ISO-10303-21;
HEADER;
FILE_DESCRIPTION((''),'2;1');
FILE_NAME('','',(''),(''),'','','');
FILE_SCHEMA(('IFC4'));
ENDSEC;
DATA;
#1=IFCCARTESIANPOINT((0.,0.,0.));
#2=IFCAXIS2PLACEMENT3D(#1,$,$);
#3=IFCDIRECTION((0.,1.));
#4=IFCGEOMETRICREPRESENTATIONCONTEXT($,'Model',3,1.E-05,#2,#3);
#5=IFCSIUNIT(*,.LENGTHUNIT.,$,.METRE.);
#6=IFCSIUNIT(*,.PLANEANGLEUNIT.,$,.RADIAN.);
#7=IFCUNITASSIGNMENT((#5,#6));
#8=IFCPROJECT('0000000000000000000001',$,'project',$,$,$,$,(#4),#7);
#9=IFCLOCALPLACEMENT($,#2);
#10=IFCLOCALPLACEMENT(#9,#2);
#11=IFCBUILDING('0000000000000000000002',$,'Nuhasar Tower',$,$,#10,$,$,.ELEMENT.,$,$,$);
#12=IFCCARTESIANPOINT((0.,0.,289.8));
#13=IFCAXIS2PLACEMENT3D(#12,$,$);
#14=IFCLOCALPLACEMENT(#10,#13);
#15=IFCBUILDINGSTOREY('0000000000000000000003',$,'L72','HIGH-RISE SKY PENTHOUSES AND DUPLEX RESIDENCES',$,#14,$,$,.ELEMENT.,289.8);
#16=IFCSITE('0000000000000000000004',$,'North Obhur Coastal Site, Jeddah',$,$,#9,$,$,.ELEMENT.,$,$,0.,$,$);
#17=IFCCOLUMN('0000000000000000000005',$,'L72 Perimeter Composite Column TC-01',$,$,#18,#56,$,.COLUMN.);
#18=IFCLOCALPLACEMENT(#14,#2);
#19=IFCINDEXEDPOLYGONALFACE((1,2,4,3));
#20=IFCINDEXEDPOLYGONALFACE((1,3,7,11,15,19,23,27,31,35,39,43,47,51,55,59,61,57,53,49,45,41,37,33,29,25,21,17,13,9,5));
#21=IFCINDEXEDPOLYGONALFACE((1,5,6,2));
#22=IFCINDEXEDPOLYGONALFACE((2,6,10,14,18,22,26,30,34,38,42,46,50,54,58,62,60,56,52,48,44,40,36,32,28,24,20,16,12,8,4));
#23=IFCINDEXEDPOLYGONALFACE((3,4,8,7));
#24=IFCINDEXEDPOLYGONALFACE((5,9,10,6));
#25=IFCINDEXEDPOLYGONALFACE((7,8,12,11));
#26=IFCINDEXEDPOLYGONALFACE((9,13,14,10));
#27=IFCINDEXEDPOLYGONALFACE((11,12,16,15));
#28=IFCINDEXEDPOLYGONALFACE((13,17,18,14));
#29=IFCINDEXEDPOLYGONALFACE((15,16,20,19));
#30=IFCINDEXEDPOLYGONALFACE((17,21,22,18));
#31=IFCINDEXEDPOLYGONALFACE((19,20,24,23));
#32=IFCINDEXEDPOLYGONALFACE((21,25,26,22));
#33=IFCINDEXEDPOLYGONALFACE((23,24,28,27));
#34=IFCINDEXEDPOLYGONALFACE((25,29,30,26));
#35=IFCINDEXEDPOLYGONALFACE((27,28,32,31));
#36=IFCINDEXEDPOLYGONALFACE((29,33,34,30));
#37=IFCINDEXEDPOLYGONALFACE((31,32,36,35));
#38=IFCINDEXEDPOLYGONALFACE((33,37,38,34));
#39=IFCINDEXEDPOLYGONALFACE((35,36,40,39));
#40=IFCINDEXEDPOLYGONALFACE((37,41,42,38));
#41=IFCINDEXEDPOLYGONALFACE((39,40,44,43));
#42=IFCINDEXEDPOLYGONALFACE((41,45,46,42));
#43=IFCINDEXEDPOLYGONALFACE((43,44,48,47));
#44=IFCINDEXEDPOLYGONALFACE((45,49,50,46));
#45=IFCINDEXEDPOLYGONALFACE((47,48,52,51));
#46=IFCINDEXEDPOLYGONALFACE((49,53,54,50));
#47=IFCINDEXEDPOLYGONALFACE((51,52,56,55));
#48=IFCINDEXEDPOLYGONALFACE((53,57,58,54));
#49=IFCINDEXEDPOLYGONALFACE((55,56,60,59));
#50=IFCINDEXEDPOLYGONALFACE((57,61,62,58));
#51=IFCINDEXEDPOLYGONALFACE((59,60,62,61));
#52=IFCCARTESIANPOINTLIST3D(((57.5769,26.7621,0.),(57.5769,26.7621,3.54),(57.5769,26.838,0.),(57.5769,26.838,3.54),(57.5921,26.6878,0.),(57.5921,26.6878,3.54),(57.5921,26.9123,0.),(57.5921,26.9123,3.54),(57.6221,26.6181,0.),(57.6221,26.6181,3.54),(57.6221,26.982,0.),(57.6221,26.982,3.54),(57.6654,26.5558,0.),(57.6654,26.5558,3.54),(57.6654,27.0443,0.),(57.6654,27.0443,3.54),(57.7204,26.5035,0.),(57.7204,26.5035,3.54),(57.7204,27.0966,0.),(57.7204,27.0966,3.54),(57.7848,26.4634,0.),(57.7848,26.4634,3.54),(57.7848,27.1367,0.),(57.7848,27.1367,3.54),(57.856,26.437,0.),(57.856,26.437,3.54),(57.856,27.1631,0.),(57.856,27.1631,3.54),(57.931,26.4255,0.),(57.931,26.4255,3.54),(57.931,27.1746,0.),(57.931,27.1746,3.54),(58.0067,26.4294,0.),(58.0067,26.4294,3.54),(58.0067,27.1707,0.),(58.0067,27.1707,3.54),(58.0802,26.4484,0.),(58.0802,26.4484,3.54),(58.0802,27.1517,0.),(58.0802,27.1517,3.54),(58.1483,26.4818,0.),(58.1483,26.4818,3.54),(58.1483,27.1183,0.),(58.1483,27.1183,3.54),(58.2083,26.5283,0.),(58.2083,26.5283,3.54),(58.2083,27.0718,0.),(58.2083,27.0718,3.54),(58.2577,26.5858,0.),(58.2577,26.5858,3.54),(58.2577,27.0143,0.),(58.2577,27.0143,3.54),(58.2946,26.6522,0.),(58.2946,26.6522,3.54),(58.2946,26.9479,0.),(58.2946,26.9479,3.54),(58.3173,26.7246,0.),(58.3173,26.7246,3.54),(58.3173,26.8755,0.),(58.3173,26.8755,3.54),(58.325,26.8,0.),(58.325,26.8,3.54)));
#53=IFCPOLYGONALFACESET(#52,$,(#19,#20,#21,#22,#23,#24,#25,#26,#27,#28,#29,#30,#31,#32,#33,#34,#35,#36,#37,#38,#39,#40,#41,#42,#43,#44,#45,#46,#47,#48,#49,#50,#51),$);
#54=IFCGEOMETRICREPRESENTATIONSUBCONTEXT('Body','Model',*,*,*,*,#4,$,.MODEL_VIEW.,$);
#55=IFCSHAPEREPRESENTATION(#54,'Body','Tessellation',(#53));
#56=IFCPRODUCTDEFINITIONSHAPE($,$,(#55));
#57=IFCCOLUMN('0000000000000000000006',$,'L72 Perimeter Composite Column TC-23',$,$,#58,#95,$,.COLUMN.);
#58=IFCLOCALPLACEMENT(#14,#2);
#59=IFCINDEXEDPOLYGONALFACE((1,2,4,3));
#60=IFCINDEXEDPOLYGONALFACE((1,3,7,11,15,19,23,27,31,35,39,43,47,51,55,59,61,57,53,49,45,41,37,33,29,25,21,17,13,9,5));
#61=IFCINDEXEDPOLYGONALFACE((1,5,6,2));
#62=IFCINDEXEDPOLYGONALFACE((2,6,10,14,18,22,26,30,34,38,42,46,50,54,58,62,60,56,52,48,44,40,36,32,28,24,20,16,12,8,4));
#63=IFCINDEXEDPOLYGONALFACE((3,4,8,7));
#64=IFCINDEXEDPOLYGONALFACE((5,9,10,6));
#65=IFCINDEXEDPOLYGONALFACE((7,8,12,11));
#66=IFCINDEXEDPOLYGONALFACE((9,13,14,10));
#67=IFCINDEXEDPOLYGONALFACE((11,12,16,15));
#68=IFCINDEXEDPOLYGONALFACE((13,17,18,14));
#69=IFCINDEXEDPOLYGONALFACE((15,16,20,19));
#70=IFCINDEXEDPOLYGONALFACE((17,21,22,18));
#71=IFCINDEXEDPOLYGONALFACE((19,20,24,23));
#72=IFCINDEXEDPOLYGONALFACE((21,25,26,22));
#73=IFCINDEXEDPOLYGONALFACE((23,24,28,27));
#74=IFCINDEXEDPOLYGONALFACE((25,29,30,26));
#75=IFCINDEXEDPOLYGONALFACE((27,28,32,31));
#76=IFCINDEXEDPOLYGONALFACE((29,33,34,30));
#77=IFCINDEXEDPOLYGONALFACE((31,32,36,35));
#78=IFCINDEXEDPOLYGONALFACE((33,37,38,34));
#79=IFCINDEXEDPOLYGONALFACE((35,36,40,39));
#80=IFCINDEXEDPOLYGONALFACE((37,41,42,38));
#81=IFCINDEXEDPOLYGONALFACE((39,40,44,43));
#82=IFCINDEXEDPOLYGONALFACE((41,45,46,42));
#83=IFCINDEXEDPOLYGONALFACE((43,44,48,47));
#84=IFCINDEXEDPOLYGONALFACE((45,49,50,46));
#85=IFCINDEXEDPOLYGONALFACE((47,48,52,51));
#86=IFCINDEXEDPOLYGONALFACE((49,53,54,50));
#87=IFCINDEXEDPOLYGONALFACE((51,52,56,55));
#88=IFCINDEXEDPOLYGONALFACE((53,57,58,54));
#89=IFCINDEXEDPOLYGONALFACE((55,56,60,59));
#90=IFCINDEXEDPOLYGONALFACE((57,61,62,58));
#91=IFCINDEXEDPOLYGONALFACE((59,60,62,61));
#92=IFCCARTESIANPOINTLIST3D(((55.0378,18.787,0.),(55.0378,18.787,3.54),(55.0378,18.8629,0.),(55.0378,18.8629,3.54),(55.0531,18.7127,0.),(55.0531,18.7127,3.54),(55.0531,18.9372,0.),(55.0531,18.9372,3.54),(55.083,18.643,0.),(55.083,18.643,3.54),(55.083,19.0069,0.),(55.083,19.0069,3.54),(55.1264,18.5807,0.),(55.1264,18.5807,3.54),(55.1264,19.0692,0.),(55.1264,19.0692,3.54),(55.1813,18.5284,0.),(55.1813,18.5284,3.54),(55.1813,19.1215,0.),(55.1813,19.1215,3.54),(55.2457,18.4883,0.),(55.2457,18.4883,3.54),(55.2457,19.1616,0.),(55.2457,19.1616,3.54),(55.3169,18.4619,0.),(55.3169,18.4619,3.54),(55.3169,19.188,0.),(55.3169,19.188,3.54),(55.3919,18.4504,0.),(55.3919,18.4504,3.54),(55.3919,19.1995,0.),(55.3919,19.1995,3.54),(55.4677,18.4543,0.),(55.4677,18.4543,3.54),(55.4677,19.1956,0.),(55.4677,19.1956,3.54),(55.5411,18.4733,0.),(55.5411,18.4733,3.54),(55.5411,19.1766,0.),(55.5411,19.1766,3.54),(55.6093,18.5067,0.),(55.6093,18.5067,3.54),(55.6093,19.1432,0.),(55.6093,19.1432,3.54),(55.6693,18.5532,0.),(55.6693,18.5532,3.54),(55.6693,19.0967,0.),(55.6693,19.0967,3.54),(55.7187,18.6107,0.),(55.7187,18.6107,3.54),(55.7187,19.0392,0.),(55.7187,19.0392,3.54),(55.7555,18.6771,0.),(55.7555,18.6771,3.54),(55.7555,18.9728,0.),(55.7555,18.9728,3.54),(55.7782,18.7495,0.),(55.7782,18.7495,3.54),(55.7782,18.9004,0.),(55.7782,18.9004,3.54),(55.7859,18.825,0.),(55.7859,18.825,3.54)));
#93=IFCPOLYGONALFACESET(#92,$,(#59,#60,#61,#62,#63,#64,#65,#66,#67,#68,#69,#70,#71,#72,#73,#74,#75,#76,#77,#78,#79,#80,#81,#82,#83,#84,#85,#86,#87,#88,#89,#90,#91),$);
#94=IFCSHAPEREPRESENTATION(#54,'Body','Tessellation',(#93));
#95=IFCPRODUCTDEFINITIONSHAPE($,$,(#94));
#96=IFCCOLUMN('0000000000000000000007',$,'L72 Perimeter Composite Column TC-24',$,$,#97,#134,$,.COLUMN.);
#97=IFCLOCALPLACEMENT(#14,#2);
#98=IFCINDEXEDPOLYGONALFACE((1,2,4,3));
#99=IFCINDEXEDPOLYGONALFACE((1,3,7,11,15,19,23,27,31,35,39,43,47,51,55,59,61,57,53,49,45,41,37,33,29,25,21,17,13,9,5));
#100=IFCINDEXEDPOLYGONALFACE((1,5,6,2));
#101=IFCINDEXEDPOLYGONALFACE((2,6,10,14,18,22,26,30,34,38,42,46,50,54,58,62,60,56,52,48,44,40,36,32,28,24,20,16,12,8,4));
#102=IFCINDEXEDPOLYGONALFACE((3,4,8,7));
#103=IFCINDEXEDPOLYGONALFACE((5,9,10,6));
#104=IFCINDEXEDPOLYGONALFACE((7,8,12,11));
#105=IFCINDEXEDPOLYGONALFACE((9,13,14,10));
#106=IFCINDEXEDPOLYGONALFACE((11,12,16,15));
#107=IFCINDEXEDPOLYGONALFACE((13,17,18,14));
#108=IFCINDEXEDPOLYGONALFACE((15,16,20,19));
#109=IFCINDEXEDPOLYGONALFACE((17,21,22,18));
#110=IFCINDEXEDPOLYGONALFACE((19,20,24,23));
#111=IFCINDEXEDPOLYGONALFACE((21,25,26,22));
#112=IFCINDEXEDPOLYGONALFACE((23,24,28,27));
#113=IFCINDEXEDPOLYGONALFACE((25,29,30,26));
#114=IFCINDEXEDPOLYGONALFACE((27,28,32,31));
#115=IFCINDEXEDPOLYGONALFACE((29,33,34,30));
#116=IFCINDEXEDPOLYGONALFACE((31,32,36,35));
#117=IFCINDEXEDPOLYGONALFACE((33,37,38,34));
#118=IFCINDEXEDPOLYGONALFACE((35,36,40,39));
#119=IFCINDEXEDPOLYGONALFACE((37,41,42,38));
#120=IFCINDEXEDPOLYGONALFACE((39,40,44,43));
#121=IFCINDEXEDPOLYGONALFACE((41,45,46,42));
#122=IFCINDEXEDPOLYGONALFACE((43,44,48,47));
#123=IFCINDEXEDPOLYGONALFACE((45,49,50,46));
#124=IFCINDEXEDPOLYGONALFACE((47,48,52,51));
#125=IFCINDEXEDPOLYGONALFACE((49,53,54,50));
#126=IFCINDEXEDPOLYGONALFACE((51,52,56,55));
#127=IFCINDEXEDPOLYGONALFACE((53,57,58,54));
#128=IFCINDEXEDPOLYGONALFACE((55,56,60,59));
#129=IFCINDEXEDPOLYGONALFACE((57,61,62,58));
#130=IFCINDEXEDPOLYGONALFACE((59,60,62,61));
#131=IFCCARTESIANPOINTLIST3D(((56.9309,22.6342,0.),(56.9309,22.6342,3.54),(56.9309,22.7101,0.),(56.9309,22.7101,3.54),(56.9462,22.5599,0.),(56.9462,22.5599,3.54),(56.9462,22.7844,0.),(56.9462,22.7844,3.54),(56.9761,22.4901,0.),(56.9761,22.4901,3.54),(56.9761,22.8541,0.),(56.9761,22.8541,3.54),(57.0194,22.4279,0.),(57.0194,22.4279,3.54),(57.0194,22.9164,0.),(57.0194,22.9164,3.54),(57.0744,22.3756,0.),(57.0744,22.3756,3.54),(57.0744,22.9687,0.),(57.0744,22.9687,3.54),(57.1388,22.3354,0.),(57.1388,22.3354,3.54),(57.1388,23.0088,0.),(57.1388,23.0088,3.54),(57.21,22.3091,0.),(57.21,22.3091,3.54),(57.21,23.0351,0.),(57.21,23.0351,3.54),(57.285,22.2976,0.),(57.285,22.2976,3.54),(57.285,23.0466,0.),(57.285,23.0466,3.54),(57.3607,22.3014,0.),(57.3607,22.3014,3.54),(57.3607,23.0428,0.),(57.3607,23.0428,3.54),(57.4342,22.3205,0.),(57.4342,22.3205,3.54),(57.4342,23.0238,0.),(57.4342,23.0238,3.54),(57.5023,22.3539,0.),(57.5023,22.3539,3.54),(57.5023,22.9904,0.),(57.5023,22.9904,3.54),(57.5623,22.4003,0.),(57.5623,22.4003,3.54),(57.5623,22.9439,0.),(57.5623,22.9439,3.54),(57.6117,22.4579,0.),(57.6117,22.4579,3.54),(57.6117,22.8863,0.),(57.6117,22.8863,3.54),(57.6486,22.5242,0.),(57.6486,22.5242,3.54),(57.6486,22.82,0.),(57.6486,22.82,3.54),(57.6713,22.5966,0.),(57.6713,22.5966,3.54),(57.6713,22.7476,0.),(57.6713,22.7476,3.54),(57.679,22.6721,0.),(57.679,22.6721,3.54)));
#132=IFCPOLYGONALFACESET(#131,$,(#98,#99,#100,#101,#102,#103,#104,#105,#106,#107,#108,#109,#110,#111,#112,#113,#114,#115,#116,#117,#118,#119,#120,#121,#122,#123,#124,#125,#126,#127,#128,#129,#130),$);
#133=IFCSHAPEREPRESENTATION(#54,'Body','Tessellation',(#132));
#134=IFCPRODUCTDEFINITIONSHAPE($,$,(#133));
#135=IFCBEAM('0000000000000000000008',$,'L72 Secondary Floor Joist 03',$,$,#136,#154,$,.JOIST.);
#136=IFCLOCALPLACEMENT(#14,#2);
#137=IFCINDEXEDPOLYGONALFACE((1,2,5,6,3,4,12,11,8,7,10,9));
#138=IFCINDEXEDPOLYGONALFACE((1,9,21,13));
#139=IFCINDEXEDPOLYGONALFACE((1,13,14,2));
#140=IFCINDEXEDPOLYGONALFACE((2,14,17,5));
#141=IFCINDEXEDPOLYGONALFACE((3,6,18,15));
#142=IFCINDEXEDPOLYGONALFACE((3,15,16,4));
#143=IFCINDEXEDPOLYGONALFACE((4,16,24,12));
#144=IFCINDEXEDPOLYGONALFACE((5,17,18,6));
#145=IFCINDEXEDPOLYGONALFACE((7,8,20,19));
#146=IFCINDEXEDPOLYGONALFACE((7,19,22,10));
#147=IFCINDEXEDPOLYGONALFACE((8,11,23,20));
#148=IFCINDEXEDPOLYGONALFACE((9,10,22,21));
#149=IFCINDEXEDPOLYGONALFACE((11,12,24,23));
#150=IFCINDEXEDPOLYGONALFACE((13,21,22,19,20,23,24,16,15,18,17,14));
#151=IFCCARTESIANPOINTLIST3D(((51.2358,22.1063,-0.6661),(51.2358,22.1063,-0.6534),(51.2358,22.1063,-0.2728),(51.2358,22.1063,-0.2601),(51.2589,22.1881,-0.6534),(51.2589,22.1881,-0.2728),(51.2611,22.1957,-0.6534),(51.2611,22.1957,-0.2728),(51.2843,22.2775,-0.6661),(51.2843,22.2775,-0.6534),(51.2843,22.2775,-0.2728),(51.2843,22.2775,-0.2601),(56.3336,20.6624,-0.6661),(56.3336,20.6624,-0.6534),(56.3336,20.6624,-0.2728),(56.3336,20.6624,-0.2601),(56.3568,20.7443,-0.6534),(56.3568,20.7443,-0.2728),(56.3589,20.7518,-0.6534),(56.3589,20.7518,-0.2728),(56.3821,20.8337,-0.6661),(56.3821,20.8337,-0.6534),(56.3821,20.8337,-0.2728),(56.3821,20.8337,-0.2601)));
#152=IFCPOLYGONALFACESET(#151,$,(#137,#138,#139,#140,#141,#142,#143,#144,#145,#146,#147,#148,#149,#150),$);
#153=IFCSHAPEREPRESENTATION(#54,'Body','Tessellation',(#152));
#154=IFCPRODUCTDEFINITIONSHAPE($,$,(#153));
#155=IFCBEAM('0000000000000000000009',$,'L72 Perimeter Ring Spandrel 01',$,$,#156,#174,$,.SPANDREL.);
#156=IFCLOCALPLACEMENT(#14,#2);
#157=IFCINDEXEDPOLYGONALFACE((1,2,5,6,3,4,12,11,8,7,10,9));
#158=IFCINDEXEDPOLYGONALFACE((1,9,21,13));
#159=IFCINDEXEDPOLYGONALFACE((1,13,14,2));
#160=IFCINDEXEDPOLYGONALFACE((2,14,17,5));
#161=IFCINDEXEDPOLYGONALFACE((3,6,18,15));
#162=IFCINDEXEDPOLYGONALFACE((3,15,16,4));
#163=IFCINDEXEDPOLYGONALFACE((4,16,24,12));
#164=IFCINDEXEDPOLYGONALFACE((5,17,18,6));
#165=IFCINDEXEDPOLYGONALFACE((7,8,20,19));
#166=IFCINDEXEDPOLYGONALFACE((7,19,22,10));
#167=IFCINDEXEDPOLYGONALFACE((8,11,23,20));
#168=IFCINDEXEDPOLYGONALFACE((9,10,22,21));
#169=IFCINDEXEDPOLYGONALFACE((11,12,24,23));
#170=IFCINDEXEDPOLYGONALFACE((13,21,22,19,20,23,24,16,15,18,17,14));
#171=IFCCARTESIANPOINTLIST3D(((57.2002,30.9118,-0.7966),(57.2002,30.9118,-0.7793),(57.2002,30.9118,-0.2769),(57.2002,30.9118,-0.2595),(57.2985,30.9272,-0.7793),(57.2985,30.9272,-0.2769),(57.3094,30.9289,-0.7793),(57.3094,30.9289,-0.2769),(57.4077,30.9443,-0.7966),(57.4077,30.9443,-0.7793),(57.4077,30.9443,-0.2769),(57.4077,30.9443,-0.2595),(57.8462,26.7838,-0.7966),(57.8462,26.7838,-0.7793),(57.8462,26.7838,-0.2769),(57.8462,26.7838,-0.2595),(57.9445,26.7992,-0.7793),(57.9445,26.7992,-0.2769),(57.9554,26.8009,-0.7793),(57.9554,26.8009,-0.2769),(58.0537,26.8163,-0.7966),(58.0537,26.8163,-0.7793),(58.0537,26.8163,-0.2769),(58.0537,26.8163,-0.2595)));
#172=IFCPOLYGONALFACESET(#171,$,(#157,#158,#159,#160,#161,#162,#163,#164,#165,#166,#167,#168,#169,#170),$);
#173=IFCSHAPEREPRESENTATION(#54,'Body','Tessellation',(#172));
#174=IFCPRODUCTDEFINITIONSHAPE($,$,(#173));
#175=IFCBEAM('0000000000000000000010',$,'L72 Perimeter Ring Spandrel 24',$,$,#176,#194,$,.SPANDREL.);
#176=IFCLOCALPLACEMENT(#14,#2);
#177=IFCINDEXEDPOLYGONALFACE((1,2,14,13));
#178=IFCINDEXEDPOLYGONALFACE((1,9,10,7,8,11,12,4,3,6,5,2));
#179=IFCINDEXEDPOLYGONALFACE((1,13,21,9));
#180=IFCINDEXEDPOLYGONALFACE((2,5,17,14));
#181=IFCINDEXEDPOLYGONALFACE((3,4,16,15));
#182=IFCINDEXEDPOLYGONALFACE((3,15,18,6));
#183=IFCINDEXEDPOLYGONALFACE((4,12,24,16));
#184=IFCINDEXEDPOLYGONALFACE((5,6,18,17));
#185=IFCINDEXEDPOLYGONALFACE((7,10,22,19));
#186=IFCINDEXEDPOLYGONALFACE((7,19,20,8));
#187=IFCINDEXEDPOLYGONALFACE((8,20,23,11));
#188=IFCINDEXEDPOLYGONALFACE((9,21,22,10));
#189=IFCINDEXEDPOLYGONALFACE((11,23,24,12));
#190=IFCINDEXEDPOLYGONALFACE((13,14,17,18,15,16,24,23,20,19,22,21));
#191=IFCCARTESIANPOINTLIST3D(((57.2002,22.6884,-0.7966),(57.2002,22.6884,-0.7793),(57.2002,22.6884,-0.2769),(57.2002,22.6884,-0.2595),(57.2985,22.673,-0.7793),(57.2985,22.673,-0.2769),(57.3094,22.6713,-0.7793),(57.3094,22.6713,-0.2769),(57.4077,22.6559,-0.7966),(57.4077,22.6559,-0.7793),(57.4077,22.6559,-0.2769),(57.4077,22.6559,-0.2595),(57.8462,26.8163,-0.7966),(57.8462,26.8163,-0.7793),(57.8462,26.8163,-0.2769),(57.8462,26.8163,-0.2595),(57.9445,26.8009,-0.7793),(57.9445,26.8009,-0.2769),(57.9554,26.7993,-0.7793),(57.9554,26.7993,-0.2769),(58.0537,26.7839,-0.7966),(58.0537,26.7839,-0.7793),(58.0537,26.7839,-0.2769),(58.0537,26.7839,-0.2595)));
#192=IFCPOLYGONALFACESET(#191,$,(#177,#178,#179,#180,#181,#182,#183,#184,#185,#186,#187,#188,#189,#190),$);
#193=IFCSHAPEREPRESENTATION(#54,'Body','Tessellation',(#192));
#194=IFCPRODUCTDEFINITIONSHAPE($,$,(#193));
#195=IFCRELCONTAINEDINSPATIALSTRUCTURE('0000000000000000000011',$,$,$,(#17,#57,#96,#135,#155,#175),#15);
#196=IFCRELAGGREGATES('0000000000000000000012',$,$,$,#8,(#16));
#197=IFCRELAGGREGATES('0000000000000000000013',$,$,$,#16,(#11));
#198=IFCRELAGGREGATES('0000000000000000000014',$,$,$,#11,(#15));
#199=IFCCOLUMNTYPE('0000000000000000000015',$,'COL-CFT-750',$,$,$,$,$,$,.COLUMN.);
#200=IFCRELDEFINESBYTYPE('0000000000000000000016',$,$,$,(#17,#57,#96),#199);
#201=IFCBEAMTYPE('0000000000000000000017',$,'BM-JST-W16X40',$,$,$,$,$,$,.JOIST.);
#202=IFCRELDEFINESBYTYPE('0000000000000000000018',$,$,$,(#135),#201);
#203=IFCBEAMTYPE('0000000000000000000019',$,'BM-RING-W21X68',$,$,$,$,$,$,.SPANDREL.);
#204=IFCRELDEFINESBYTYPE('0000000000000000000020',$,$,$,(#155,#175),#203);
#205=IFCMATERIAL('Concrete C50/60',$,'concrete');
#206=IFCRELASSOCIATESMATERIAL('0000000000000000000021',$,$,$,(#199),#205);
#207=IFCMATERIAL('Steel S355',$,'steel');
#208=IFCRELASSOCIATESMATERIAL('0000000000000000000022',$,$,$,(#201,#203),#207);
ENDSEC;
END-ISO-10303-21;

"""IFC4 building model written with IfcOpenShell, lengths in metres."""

from ifc_helpers import new_model, si_unit, direction, frame, origin, origin_2d, place, context, subcontext, project, spatial, circle, i_section, extrude, material, material_profile, profile_set, type_object, element, save


model = new_model("IFC4")

# Units and contexts
model_context = context("Model", 3, precision=1e-05, world=origin(), true_north=direction((0.0, 1.0)))
body_context = subcontext(model_context, "Body", "Model", "MODEL_VIEW")
ifc_project = project(units=[si_unit("LENGTHUNIT", "METRE"), si_unit("PLANEANGLEUNIT", "RADIAN")], contexts=[model_context])

# Site, building, storey
site_placement = place(None, origin())
site = spatial("IfcSite", under=ifc_project, at=site_placement, Name="North Obhur Coastal Site, Jeddah", CompositionType="ELEMENT", RefElevation=0.0)
building_placement = place(site_placement, origin())
building = spatial("IfcBuilding", under=site, at=building_placement, Name="Nuhasar Tower", CompositionType="ELEMENT")
storey_placement = place(building_placement, frame((0.0, 0.0, 289.8)))
storey = spatial("IfcBuildingStorey", under=building, at=storey_placement, Name="L72", Description="HIGH-RISE SKY PENTHOUSES AND DUPLEX RESIDENCES", CompositionType="ELEMENT", Elevation=289.8)

# Columns
ifc_material_1 = material(Name="Concrete C50/60", Category="concrete")
ifc_material_profile_1 = material_profile(ifc_material_1, circle(Radius=0.375, at=origin_2d()), Name="CFT750")
ifc_profile_set_1 = profile_set([ifc_material_profile_1], Name="Concrete C50/60")
column_type = type_object("IfcColumnType", Name="COL-CFT-750", PredefinedType="COLUMN", material=ifc_profile_set_1)
for number, where, z_axis, x_axis, name in (
    (1, (57.95, 26.8, 0.0), (0.0, 0.0, 1.0), (1.0, 0.0, 0.0), "L72 Perimeter Composite Column TC-01"),
    (2, (55.4109, 18.825, 0.0), (0.0, 0.0, 1.0), (1.0, 0.0, 0.0), "L72 Perimeter Composite Column TC-23"),
    (3, (57.304, 22.6721, 0.0), (0.0, 0.0, 1.0), (1.0, 0.0, 0.0), "L72 Perimeter Composite Column TC-24"),
):
    element("IfcColumn", number, at=place(storey_placement, frame(where, z_axis=z_axis, x_axis=x_axis)), inside=storey, type_object=column_type, Name=name, PredefinedType="COLUMN", context=body_context, shape_type="SweptSolid", body=[
        extrude(circle(Radius=0.375, at=origin_2d()), origin(), (0.0, 0.0, 1.0), 3.54),
    ])

# Beams
ifc_material_2 = material(Name="Steel S355", Category="steel")
ifc_material_profile_2 = material_profile(ifc_material_2, i_section(OverallWidth=0.178, OverallDepth=0.406, WebThickness=0.0078, FlangeThickness=0.0127, at=origin_2d()), Name="W16X40")
ifc_profile_set_2 = profile_set([ifc_material_profile_2], Name="Steel S355")
beam_type_1 = type_object("IfcBeamType", Name="BM-JST-W16X40", PredefinedType="JOIST", material=ifc_profile_set_2)
beam_1_placement = place(storey_placement, frame((51.26, 22.1919, -0.4631), z_axis=(0.962154, -0.272505, 0.0), x_axis=(0.272505, 0.962154, 0.0)))
element("IfcBeam", 4, at=beam_1_placement, inside=storey, type_object=beam_type_1, Name="L72 Secondary Floor Joist 03", PredefinedType="JOIST", context=body_context, shape_type="SweptSolid", body=[
    extrude(i_section(OverallWidth=0.178, OverallDepth=0.406, WebThickness=0.0078, FlangeThickness=0.0127, at=origin_2d()), origin(), (0.0, 0.0, 1.0), 5.2983),
])
ifc_material_profile_3 = material_profile(ifc_material_2, i_section(OverallWidth=0.21, OverallDepth=0.5371, WebThickness=0.011, FlangeThickness=0.0173, at=origin_2d()), Name="W21X68")
ifc_profile_set_3 = profile_set([ifc_material_profile_3], Name="Steel S355")
beam_type_2 = type_object("IfcBeamType", Name="BM-RING-W21X68", PredefinedType="SPANDREL", material=ifc_profile_set_3)
for number, where, z_axis, x_axis, name in (
    (5, (57.95, 26.8, -0.5281), (-0.154612, 0.987975, 0.0), (-0.987975, -0.154612, 0.0), "L72 Perimeter Ring Spandrel 01"),
    (6, (57.304, 22.6721, -0.5281), (0.154612, 0.987975, 0.0), (-0.987975, 0.154612, 0.0), "L72 Perimeter Ring Spandrel 24"),
):
    element("IfcBeam", number, at=place(storey_placement, frame(where, z_axis=z_axis, x_axis=x_axis)), inside=storey, type_object=beam_type_2, Name=name, PredefinedType="SPANDREL", context=body_context, shape_type="SweptSolid", body=[
        extrude(i_section(OverallWidth=0.21, OverallDepth=0.5371, WebThickness=0.011, FlangeThickness=0.0173, at=origin_2d()), origin(), (0.0, 0.0, 1.0), 4.1782),
    ])

save(model, "model.ifc")
